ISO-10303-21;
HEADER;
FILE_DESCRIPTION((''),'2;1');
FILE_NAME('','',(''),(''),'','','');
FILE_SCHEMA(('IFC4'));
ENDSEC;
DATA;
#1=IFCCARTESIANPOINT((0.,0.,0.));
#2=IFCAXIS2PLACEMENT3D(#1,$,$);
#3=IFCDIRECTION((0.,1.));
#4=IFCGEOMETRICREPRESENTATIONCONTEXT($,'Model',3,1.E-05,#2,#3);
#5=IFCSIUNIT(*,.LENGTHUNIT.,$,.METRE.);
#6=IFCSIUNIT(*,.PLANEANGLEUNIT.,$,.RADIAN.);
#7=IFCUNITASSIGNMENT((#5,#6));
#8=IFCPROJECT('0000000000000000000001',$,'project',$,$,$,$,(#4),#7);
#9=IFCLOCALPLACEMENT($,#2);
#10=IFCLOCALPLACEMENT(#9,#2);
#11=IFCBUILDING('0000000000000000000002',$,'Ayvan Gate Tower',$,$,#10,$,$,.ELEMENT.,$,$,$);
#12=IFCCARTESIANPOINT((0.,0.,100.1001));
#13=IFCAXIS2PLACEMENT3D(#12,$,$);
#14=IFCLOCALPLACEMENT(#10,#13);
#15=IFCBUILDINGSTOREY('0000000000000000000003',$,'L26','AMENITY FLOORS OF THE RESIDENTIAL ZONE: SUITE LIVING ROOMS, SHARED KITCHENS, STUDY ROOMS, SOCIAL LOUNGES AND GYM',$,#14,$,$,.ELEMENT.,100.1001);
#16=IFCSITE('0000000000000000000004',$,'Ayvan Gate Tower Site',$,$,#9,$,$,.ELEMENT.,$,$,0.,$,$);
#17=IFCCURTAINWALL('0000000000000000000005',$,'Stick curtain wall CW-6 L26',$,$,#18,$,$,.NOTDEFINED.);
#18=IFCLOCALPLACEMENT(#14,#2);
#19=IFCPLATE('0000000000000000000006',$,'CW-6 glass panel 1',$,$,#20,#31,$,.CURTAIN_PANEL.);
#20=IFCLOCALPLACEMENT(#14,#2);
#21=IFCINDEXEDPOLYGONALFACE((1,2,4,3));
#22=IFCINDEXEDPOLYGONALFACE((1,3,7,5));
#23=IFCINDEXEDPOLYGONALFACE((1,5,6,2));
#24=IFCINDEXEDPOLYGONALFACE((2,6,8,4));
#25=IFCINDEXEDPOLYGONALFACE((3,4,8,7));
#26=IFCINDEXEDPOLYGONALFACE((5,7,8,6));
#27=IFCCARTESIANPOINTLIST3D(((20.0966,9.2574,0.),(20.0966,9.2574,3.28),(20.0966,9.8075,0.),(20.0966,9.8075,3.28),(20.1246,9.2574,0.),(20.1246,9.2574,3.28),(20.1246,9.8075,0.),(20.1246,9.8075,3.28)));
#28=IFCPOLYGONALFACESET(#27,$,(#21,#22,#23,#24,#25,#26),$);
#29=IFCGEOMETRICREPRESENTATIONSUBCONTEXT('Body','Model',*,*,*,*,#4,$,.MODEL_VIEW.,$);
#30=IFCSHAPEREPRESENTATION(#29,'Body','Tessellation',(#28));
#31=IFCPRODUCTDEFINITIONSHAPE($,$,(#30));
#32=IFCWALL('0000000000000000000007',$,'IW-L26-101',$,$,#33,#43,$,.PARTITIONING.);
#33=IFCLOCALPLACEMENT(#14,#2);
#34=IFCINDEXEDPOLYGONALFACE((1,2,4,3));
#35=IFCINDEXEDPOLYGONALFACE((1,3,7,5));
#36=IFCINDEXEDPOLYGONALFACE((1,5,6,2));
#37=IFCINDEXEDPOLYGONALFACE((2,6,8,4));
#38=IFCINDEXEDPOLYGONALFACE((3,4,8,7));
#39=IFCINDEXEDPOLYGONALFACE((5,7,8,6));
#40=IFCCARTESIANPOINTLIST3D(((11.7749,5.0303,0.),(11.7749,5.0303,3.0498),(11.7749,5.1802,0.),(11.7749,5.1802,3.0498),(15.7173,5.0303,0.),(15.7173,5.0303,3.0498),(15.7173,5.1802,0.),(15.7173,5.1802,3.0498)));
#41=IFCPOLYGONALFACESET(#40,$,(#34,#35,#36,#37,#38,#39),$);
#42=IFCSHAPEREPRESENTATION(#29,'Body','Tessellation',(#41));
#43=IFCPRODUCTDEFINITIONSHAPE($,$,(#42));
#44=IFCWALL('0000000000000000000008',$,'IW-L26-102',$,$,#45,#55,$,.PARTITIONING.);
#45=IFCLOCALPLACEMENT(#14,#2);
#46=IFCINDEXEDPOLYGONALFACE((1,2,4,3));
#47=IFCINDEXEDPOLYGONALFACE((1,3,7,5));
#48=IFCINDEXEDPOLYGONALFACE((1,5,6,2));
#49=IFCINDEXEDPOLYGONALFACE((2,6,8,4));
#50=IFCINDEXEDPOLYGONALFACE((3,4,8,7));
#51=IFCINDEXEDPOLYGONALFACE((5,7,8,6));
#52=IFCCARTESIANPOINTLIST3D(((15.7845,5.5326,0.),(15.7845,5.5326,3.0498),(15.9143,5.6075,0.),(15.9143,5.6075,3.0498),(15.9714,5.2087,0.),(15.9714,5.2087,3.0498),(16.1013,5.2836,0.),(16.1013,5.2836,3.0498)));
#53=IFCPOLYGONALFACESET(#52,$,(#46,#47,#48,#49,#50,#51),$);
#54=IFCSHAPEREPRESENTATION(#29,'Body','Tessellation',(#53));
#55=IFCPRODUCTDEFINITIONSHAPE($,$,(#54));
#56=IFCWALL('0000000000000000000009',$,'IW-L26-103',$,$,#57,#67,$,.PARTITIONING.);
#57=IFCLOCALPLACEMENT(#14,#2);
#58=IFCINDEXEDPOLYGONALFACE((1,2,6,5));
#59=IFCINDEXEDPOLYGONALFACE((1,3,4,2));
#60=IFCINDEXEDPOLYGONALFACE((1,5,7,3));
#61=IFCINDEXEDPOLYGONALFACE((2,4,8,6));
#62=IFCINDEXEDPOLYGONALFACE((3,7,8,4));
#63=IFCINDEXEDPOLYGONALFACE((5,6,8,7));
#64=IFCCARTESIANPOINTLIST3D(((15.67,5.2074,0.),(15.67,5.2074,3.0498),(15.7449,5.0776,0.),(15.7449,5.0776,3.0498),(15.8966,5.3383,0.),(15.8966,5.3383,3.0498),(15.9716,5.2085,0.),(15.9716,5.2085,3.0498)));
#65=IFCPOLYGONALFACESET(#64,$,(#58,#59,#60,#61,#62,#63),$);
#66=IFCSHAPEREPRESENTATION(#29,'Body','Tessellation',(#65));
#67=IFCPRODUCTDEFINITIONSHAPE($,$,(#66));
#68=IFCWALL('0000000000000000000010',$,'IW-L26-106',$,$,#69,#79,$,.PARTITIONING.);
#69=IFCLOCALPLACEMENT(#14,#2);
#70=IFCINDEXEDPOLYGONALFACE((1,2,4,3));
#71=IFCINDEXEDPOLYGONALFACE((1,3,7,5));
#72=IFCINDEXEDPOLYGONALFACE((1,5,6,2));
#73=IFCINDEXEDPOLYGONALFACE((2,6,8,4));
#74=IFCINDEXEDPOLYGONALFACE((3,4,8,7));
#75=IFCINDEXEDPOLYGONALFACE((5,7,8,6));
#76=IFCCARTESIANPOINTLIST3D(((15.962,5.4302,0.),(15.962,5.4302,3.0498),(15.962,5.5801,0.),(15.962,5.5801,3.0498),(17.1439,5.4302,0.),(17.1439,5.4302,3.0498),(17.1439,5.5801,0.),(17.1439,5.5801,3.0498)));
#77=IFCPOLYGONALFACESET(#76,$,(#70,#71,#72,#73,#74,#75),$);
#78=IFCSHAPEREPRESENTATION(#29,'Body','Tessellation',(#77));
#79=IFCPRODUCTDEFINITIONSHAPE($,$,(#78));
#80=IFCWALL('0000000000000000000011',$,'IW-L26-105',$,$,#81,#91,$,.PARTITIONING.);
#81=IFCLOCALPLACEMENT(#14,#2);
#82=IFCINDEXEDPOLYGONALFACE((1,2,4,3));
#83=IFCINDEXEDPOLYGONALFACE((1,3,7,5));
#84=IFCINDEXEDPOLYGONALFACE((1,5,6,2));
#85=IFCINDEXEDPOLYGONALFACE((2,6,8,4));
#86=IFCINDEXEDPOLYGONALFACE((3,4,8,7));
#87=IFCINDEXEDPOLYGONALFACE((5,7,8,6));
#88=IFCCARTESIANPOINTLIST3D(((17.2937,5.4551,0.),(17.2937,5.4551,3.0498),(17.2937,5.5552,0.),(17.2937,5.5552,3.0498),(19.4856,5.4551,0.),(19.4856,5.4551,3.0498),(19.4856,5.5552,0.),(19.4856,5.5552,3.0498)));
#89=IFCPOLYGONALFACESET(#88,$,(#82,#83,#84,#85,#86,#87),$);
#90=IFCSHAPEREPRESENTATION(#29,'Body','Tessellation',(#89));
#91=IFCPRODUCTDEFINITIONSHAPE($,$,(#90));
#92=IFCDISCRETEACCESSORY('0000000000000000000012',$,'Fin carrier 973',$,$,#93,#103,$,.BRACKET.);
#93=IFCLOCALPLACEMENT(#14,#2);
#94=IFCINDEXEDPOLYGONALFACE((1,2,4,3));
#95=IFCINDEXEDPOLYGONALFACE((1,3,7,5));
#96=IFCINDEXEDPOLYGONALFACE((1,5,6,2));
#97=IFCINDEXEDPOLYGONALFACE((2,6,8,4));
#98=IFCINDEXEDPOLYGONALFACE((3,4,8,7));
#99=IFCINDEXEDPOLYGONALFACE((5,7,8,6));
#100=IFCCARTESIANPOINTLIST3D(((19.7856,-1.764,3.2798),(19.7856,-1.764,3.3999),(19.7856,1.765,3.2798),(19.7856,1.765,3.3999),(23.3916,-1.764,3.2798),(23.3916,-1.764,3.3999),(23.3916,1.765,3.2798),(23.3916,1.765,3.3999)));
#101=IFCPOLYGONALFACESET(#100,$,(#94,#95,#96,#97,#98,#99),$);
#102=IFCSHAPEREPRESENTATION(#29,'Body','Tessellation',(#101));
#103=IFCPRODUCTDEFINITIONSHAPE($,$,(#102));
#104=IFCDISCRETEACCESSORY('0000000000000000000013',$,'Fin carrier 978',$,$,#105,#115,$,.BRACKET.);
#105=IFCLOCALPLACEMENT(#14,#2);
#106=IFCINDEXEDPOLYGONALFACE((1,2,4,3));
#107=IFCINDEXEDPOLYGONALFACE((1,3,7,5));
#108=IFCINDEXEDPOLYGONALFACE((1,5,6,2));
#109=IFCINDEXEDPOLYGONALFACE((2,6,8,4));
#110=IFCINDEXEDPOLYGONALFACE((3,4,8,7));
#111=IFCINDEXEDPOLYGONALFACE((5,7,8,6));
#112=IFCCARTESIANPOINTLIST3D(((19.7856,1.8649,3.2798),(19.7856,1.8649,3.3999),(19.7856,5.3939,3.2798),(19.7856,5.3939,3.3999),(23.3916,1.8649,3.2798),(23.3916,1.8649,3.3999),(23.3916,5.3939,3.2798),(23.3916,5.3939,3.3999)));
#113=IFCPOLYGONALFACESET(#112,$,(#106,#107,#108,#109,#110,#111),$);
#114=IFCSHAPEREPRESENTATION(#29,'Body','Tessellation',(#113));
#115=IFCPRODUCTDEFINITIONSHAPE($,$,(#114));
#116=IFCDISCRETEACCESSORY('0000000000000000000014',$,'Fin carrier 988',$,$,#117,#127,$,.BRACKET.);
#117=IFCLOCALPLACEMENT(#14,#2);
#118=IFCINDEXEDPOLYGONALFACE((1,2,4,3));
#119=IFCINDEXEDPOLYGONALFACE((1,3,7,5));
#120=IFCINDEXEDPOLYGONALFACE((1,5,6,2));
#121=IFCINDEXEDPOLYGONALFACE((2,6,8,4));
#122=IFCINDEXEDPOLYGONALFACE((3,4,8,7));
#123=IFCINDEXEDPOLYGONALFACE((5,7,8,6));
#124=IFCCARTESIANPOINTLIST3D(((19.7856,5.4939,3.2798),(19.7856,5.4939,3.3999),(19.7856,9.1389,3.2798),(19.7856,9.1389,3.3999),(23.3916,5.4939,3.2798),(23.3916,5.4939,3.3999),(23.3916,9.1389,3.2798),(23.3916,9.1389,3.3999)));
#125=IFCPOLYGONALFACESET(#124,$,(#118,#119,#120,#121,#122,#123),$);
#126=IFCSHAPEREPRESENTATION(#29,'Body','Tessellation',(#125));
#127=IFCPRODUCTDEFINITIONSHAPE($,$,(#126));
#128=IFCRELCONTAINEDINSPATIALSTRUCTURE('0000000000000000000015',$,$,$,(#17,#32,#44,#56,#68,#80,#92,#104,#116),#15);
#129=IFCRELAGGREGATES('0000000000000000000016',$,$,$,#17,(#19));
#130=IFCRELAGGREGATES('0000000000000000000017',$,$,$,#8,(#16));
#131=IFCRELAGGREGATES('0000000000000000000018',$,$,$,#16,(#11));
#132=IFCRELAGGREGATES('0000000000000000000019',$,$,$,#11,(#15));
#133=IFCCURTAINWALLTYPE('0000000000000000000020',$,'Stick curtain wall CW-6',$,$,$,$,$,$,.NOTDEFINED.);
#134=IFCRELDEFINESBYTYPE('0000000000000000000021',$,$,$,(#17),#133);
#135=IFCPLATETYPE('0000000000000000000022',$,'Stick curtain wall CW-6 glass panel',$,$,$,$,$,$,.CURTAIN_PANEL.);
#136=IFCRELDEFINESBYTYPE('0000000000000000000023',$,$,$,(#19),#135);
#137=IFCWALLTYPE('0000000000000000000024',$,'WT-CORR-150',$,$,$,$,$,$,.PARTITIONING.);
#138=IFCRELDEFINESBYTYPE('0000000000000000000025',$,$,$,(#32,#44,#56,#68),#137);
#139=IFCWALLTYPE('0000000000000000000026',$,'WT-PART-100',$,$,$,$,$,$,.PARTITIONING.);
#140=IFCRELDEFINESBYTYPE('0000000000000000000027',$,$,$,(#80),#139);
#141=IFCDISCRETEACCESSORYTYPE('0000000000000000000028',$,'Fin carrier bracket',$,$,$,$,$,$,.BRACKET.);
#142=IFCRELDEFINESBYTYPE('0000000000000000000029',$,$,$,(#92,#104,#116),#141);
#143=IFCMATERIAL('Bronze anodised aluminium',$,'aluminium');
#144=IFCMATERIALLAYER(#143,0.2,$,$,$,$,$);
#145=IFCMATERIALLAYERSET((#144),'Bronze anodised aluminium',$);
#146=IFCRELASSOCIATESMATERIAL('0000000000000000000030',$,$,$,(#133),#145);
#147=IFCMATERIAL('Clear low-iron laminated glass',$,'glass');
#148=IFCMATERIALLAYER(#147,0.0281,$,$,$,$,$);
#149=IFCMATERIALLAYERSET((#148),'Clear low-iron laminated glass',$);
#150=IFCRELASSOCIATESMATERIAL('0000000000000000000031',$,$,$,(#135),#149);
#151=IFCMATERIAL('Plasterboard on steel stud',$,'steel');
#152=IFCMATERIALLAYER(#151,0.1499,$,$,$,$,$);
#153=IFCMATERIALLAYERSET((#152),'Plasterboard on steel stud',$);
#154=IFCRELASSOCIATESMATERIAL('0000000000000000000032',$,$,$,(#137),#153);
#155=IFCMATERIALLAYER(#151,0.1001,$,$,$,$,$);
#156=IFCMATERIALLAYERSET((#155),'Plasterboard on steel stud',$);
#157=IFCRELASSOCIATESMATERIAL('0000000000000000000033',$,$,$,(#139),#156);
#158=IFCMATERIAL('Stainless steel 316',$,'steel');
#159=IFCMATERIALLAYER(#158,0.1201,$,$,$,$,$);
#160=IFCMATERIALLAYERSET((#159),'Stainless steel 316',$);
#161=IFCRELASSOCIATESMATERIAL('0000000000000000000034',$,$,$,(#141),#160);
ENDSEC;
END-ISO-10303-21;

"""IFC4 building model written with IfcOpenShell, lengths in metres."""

from ifc_helpers import new_model, si_unit, direction, frame, frame_2d, origin, origin_2d, place, context, subcontext, project, spatial, rectangle, extrude, material, layer, layer_set, type_object, element, aggregate, save


model = new_model("IFC4")

# Units and contexts
model_context = context("Model", 3, precision=1e-05, world=origin(), true_north=direction((0.0, 1.0)))
body_context = subcontext(model_context, "Body", "Model", "MODEL_VIEW")
ifc_project = project(units=[si_unit("LENGTHUNIT", "METRE"), si_unit("PLANEANGLEUNIT", "RADIAN")], contexts=[model_context])

# Site, building, storey
site_placement = place(None, origin())
site = spatial("IfcSite", under=ifc_project, at=site_placement, Name="Ayvan Gate Tower Site", CompositionType="ELEMENT", RefElevation=0.0)
building_placement = place(site_placement, origin())
building = spatial("IfcBuilding", under=site, at=building_placement, Name="Ayvan Gate Tower", CompositionType="ELEMENT")
storey_placement = place(building_placement, frame((0.0, 0.0, 100.1001)))
storey = spatial("IfcBuildingStorey", under=building, at=storey_placement, Name="L26", Description="AMENITY FLOORS OF THE RESIDENTIAL ZONE: SUITE LIVING ROOMS, SHARED KITCHENS, STUDY ROOMS, SOCIAL LOUNGES AND GYM", CompositionType="ELEMENT", Elevation=100.1001)

# Curtain wall
ifc_material_1 = material(Name="Bronze anodised aluminium", Category="aluminium")
ifc_layer_1 = layer(ifc_material_1, 0.2)
ifc_layer_set_1 = layer_set([ifc_layer_1], Name="Bronze anodised aluminium")
curtain_wall_type_1 = type_object("IfcCurtainWallType", Name="Stick curtain wall CW-6", PredefinedType="NOTDEFINED", material=ifc_layer_set_1)
curtain_wall_1_placement = place(storey_placement, origin())
curtain_wall_1 = element("IfcCurtainWall", 1, at=curtain_wall_1_placement, inside=storey, type_object=curtain_wall_type_1, Name="Stick curtain wall CW-6 L26", PredefinedType="NOTDEFINED")

# Plate
ifc_material_2 = material(Name="Clear low-iron laminated glass", Category="glass")
ifc_layer_2 = layer(ifc_material_2, 0.0281)
ifc_layer_set_2 = layer_set([ifc_layer_2], Name="Clear low-iron laminated glass")
plate_type_1 = type_object("IfcPlateType", Name="Stick curtain wall CW-6 glass panel", PredefinedType="CURTAIN_PANEL", material=ifc_layer_set_2)
plate_1_placement = place(storey_placement, frame((20.1106, 9.5325, 0.0), z_axis=(0.0, 0.0, 1.0), x_axis=(0.0, 1.0, 0.0)))
plate_1 = element("IfcPlate", 2, at=plate_1_placement, type_object=plate_type_1, Name="CW-6 glass panel 1", PredefinedType="CURTAIN_PANEL", context=body_context, shape_type="SweptSolid", body=[
    extrude(rectangle(XDim=0.55, YDim=0.0281, at=origin_2d()), origin(), (0.0, 0.0, 1.0), 3.28),
])
aggregate(curtain_wall_1, [plate_1])

# Walls
ifc_material_3 = material(Name="Plasterboard on steel stud", Category="steel")
ifc_layer_3 = layer(ifc_material_3, 0.1499)
ifc_layer_set_3 = layer_set([ifc_layer_3], Name="Plasterboard on steel stud")
wall_type_1 = type_object("IfcWallType", Name="WT-CORR-150", PredefinedType="PARTITIONING", material=ifc_layer_set_3)
wall_1_placement = place(storey_placement, frame((15.7173, 5.1052, 0.0), z_axis=(0.0, 0.0, 1.0), x_axis=(-1.0, 0.0, 0.0)))
element("IfcWall", 3, at=wall_1_placement, inside=storey, type_object=wall_type_1, Name="IW-L26-101", PredefinedType="PARTITIONING", context=body_context, shape_type="SweptSolid", body=[
    extrude(rectangle(XDim=3.9424, YDim=0.1499, at=frame_2d((1.9712, 0.0))), origin(), (0.0, 0.0, 1.0), 3.0498),
])
wall_2_placement = place(storey_placement, frame((15.8494, 5.5701, 0.0), z_axis=(0.0, 0.0, 1.0), x_axis=(0.49993, -0.866066, 0.0)))
element("IfcWall", 4, at=wall_2_placement, inside=storey, type_object=wall_type_1, Name="IW-L26-102", PredefinedType="PARTITIONING", context=body_context, shape_type="SweptSolid", body=[
    extrude(rectangle(XDim=0.374, YDim=0.1499, at=frame_2d((0.187, 0.0))), origin(), (0.0, 0.0, 1.0), 3.0498),
])
wall_3_placement = place(storey_placement, frame((15.9341, 5.2734, 0.0), z_axis=(0.0, 0.0, 1.0), x_axis=(-0.865937, -0.500153, 0.0)))
element("IfcWall", 5, at=wall_3_placement, inside=storey, type_object=wall_type_1, Name="IW-L26-103", PredefinedType="PARTITIONING", context=body_context, shape_type="SweptSolid", body=[
    extrude(rectangle(XDim=0.2617, YDim=0.1499, at=frame_2d((0.1309, 0.0))), origin(), (0.0, 0.0, 1.0), 3.0498),
])
wall_4_placement = place(storey_placement, frame((17.1438, 5.5051, 0.0), z_axis=(0.0, 0.0, 1.0), x_axis=(-1.0, 0.0, 0.0)))
element("IfcWall", 6, at=wall_4_placement, inside=storey, type_object=wall_type_1, Name="IW-L26-106", PredefinedType="PARTITIONING", context=body_context, shape_type="SweptSolid", body=[
    extrude(rectangle(XDim=1.1819, YDim=0.1499, at=frame_2d((0.5908, 0.0))), origin(), (0.0, 0.0, 1.0), 3.0498),
])
ifc_layer_4 = layer(ifc_material_3, 0.1001)
ifc_layer_set_4 = layer_set([ifc_layer_4], Name="Plasterboard on steel stud")
wall_type_2 = type_object("IfcWallType", Name="WT-PART-100", PredefinedType="PARTITIONING", material=ifc_layer_set_4)
wall_5_placement = place(storey_placement, frame((17.2937, 5.5051, 0.0), z_axis=(0.0, 0.0, 1.0), x_axis=(1.0, 0.0, 0.0)))
element("IfcWall", 7, at=wall_5_placement, inside=storey, type_object=wall_type_2, Name="IW-L26-105", PredefinedType="PARTITIONING", context=body_context, shape_type="SweptSolid", body=[
    extrude(rectangle(XDim=2.1919, YDim=0.1001, at=frame_2d((1.0959, 0.0))), origin(), (0.0, 0.0, 1.0), 3.0498),
])

# Discrete accessories
ifc_material_4 = material(Name="Stainless steel 316", Category="steel")
ifc_layer_5 = layer(ifc_material_4, 0.1201)
ifc_layer_set_5 = layer_set([ifc_layer_5], Name="Stainless steel 316")
discrete_accessory_type = type_object("IfcDiscreteAccessoryType", Name="Fin carrier bracket", PredefinedType="BRACKET", material=ifc_layer_set_5)
for number, where, z_axis, x_axis, name in (
    (8, (21.5886, 0.0005, 3.2798), (0.0, 0.0, 1.0), (0.0, 1.0, 0.0), "Fin carrier 973"),
    (9, (21.5886, 3.6294, 3.2798), (0.0, 0.0, 1.0), (0.0, 1.0, 0.0), "Fin carrier 978"),
):
    element("IfcDiscreteAccessory", number, at=place(storey_placement, frame(where, z_axis=z_axis, x_axis=x_axis)), inside=storey, type_object=discrete_accessory_type, Name=name, PredefinedType="BRACKET", context=body_context, shape_type="SweptSolid", body=[
        extrude(rectangle(XDim=3.5291, YDim=3.606, at=origin_2d()), origin(), (0.0, 0.0, 1.0), 0.1201),
    ])
discrete_accessory_placement = place(storey_placement, frame((21.5886, 7.3164, 3.2798), z_axis=(0.0, 0.0, 1.0), x_axis=(0.0, 1.0, 0.0)))
element("IfcDiscreteAccessory", 10, at=discrete_accessory_placement, inside=storey, type_object=discrete_accessory_type, Name="Fin carrier 988", PredefinedType="BRACKET", context=body_context, shape_type="SweptSolid", body=[
    extrude(rectangle(XDim=3.645, YDim=3.606, at=origin_2d()), origin(), (0.0, 0.0, 1.0), 0.1201),
])

save(model, "model.ifc")
